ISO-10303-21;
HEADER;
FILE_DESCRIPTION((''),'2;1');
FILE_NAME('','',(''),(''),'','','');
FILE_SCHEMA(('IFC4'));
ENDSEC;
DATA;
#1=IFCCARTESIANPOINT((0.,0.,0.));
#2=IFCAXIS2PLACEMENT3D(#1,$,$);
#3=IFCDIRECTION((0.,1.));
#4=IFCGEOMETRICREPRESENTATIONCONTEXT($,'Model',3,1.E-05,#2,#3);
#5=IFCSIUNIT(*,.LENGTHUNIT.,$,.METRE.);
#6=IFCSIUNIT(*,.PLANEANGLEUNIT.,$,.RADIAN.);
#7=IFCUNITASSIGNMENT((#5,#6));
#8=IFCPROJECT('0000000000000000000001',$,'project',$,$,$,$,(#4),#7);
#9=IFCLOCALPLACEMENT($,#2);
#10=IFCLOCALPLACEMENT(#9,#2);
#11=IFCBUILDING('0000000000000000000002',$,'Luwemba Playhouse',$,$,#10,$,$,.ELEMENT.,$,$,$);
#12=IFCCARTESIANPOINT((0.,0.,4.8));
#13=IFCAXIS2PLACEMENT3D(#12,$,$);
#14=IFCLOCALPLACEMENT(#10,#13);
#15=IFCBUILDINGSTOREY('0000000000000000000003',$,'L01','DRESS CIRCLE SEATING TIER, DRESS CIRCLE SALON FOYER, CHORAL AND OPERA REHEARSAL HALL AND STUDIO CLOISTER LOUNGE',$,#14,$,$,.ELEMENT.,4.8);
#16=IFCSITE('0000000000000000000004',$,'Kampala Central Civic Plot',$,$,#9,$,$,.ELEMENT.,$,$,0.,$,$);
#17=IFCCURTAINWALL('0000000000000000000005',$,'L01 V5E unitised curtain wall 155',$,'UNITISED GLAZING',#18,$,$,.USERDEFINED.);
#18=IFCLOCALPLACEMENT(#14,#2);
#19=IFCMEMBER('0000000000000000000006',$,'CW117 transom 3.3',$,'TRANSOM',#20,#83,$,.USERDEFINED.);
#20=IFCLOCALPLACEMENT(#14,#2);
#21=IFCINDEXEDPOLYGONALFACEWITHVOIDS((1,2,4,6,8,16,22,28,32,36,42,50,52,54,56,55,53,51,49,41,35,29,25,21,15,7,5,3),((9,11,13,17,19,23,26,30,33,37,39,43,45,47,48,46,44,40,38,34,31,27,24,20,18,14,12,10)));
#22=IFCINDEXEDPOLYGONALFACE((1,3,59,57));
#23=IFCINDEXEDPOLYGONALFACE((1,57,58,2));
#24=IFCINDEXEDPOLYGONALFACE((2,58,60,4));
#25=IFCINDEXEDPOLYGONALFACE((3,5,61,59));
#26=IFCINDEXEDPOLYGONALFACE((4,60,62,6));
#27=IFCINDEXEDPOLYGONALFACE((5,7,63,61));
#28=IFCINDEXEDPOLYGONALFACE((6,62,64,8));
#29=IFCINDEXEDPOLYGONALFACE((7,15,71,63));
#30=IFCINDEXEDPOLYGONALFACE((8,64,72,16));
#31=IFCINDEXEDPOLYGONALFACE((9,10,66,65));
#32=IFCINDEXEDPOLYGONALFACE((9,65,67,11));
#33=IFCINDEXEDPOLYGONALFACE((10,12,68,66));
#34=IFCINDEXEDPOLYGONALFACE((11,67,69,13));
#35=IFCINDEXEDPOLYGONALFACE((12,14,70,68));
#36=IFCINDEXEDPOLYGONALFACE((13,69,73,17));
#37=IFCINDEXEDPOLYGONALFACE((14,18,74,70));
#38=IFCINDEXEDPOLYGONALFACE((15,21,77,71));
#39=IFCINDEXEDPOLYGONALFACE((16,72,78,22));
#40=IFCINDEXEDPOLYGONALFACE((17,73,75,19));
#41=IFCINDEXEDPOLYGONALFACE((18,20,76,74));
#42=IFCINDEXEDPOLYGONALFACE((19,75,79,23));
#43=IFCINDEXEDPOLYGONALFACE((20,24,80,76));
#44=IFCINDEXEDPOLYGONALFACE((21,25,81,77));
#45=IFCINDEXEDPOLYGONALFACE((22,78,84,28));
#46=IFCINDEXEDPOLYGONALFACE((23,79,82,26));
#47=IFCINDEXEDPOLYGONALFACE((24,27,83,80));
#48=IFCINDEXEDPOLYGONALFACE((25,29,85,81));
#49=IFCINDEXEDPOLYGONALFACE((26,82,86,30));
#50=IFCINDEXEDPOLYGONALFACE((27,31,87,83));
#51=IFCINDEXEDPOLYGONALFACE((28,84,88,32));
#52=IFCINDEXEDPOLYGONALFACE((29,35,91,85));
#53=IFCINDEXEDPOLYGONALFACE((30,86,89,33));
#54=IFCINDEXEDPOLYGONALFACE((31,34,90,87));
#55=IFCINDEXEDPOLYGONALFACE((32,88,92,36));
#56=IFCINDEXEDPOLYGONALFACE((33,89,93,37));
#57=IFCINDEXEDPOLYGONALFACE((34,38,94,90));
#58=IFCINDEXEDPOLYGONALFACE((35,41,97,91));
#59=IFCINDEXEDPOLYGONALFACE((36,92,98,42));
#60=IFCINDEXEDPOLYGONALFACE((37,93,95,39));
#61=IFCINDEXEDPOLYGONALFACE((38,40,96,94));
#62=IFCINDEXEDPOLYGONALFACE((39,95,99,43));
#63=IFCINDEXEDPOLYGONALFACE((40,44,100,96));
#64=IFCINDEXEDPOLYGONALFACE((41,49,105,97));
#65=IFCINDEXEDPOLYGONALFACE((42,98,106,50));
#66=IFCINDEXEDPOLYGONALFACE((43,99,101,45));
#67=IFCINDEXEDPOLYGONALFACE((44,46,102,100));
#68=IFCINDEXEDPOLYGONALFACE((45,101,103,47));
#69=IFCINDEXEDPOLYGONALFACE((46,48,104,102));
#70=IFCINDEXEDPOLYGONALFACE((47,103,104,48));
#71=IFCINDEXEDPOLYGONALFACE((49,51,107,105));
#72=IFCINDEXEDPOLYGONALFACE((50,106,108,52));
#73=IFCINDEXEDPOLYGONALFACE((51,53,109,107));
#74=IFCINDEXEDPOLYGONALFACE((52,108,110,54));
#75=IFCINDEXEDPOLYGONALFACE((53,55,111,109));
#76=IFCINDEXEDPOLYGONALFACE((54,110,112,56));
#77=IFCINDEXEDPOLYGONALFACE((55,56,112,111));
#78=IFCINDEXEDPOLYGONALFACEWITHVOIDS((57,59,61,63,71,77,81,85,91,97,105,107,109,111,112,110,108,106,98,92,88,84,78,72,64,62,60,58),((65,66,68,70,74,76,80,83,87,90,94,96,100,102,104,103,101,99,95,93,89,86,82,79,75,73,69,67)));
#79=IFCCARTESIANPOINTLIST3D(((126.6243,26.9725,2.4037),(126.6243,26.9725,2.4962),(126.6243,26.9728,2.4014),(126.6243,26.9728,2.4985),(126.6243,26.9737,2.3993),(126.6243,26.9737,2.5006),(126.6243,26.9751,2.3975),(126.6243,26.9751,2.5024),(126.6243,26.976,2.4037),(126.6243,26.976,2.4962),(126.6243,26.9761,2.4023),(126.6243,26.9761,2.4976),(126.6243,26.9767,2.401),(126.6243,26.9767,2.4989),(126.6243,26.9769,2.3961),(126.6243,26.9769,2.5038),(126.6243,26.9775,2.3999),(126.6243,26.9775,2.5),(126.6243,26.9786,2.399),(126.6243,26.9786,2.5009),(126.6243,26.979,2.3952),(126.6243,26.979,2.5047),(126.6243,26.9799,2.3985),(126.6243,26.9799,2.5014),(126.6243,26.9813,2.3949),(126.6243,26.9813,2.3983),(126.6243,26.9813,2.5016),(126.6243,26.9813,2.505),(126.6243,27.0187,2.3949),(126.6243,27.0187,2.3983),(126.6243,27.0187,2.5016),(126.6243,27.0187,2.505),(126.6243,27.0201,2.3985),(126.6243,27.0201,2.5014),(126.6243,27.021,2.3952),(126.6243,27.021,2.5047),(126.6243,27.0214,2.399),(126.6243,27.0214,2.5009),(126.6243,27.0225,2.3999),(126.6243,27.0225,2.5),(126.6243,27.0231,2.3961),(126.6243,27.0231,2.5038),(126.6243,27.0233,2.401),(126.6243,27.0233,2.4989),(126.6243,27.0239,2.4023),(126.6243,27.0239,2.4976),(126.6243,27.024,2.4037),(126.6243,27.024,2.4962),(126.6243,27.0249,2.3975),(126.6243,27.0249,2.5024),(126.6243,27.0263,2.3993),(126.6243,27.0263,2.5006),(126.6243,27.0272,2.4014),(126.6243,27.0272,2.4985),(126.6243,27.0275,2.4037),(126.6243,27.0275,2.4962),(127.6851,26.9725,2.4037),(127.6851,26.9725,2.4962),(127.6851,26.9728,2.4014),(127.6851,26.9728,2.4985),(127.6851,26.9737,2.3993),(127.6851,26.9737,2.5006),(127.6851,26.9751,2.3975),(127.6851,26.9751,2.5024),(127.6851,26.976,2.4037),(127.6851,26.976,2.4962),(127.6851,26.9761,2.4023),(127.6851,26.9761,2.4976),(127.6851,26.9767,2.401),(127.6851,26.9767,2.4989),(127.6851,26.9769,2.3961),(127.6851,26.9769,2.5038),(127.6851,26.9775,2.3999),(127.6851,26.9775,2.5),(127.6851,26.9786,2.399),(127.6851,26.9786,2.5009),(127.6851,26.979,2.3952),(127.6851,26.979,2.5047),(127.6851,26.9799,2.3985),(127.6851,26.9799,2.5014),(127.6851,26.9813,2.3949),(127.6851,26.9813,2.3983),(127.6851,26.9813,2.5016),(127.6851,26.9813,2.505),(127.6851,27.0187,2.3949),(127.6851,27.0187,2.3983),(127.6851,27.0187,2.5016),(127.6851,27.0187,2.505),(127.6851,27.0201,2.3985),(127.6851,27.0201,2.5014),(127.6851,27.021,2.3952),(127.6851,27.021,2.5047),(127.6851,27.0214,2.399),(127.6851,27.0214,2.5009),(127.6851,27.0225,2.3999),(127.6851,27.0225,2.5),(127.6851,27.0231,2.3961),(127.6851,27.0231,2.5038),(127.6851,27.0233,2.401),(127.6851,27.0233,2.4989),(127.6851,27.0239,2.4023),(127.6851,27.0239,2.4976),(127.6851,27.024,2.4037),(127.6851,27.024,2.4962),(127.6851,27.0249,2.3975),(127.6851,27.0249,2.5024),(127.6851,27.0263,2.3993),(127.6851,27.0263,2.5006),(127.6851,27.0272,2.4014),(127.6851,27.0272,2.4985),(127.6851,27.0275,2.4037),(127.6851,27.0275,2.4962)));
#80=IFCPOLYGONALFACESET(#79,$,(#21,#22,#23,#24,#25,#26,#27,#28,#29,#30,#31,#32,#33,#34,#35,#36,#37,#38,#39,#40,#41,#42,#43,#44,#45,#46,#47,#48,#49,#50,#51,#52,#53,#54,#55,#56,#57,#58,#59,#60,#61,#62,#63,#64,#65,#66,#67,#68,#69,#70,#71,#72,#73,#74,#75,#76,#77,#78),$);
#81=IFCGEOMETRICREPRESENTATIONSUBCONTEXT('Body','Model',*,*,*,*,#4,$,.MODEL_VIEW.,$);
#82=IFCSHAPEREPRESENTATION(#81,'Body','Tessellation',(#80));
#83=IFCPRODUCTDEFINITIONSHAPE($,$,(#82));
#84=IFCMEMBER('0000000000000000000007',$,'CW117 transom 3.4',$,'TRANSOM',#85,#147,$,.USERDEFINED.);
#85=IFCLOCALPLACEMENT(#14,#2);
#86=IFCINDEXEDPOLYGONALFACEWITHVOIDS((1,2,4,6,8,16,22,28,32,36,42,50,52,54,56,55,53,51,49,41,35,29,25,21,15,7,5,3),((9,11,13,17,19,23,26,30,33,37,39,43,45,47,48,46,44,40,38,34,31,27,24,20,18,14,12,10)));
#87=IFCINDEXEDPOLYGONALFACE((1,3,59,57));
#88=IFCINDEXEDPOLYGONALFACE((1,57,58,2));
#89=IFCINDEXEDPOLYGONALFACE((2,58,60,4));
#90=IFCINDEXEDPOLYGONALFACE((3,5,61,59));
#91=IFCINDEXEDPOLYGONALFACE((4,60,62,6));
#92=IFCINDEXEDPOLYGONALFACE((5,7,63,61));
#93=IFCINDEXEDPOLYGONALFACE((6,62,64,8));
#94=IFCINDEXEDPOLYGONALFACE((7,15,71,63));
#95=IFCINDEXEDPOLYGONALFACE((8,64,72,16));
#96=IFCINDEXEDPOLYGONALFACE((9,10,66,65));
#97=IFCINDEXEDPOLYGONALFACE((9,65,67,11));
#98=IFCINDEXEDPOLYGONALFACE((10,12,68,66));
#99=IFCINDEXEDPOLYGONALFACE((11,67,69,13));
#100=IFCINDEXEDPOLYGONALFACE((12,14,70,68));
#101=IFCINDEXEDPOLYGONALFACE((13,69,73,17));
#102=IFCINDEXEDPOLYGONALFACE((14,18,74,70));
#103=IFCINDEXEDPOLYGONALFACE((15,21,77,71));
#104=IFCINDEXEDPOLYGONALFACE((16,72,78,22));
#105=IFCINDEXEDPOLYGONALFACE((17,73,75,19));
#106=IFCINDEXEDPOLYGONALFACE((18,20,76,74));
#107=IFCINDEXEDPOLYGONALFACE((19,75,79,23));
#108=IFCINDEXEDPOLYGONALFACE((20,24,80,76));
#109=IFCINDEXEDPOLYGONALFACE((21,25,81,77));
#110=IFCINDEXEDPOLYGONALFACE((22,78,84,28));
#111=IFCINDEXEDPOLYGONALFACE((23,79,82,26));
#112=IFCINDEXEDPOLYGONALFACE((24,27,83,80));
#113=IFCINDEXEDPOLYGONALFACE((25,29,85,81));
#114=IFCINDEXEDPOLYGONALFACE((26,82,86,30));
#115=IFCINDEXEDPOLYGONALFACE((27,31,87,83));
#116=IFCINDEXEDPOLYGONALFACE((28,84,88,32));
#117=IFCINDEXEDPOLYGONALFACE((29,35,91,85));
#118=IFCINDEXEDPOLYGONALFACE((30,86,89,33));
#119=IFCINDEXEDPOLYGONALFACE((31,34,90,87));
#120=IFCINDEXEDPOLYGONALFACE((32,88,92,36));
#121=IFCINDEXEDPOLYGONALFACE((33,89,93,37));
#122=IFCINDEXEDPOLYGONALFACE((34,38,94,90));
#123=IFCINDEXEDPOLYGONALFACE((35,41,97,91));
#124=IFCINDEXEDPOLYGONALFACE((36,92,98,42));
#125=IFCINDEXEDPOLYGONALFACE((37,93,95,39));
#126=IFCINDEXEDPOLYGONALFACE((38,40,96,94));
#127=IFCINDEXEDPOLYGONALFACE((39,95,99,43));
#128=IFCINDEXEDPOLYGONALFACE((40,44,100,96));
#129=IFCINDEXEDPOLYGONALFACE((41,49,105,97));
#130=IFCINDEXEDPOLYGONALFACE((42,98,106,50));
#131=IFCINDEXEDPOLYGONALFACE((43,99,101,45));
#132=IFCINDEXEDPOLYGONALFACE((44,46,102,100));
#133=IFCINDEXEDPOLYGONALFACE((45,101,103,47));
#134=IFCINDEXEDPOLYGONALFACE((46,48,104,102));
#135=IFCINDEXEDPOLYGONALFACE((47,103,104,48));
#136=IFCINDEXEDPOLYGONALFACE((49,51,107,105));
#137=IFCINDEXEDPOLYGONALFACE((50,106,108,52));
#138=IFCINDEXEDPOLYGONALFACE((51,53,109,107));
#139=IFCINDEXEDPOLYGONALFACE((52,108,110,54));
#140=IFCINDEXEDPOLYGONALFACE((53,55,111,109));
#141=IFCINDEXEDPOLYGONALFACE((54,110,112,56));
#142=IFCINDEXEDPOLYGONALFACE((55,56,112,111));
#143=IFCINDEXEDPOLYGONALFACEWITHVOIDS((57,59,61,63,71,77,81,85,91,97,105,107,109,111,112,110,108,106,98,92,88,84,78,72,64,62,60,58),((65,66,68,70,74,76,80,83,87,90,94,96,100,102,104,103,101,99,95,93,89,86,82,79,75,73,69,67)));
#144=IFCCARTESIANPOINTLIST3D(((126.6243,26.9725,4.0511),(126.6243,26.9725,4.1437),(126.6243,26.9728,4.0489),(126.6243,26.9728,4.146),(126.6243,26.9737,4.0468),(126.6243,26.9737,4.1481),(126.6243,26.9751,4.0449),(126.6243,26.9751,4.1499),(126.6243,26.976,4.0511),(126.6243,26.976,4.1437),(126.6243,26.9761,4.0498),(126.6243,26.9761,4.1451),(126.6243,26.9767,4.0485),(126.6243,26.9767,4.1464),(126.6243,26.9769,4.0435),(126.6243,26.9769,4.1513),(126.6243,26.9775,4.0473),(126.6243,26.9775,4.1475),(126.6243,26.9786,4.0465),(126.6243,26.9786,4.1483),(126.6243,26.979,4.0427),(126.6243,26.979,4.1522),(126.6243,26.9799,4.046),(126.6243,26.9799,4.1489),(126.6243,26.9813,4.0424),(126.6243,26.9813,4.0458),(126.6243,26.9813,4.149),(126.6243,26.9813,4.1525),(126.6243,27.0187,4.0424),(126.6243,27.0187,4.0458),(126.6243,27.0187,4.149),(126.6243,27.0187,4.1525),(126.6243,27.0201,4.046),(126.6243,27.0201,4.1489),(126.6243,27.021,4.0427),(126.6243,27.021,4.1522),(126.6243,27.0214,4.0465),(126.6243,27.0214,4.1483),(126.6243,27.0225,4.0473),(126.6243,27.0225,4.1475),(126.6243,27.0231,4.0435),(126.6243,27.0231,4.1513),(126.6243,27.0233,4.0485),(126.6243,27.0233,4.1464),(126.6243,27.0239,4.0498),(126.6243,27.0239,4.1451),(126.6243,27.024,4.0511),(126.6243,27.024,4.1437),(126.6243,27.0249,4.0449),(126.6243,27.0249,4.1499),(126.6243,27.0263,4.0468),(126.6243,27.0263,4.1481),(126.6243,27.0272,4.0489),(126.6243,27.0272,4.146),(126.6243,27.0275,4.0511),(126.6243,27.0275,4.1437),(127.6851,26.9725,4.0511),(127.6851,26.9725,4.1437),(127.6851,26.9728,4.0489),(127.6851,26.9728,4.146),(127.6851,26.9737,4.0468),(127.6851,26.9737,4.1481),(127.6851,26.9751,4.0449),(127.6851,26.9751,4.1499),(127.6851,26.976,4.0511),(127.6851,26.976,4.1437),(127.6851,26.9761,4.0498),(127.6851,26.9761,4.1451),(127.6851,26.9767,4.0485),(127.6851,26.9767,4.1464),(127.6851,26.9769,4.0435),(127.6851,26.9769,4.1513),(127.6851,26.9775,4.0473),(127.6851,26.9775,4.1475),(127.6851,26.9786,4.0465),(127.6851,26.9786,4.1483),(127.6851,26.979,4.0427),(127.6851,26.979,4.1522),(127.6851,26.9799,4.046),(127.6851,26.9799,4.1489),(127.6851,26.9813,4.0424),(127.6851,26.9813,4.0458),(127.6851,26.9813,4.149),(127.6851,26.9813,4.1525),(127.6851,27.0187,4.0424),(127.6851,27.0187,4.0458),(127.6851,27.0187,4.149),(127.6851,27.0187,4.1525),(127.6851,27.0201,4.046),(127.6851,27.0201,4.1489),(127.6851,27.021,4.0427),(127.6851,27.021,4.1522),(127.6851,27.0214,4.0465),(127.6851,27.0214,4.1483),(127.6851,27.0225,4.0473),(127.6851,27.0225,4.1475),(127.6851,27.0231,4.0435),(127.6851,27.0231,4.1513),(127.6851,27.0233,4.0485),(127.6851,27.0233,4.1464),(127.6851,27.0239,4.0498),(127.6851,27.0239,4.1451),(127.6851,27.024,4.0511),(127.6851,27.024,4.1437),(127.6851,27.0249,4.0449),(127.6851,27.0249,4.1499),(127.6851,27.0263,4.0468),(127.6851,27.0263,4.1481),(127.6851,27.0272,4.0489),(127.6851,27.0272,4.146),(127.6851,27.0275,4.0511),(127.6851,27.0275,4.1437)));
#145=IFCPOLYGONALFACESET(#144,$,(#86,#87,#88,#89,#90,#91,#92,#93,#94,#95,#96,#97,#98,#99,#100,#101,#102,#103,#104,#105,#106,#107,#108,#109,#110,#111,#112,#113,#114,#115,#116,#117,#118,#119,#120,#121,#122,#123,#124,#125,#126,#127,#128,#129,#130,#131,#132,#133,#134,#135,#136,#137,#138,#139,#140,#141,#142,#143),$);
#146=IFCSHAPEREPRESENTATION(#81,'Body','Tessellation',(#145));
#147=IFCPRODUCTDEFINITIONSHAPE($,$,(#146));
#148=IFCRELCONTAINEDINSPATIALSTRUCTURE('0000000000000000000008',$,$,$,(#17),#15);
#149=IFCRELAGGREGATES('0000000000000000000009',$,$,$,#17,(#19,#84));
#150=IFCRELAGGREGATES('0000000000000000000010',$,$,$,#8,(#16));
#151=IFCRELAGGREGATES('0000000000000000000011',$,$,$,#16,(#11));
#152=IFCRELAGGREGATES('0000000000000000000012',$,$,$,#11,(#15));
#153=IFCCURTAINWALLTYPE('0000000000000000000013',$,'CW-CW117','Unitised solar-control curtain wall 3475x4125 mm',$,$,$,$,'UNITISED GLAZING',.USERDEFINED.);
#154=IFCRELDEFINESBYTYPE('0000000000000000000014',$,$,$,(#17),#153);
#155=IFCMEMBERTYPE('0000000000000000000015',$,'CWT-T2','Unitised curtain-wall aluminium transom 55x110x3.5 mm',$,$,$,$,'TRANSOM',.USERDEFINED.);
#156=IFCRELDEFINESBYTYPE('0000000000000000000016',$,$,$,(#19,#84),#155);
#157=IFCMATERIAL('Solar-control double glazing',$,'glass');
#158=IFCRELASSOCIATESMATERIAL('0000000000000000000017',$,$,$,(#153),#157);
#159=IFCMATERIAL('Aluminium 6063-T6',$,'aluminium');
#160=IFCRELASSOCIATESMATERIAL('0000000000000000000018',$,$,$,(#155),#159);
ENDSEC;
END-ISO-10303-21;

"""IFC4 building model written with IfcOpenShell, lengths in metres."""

from ifc_helpers import new_model, si_unit, direction, frame, origin, origin_2d, place, context, subcontext, project, spatial, hollow_rectangle, extrude, material, material_profile, profile_set, type_object, element, aggregate, save


model = new_model("IFC4")

# Units and contexts
model_context = context("Model", 3, precision=1e-05, world=origin(), true_north=direction((0.0, 1.0)))
body_context = subcontext(model_context, "Body", "Model", "MODEL_VIEW")
ifc_project = project(units=[si_unit("LENGTHUNIT", "METRE"), si_unit("PLANEANGLEUNIT", "RADIAN")], contexts=[model_context])

# Site, building, storey
site_placement = place(None, origin())
site = spatial("IfcSite", under=ifc_project, at=site_placement, Name="Kampala Central Civic Plot", CompositionType="ELEMENT", RefElevation=0.0)
building_placement = place(site_placement, origin())
building = spatial("IfcBuilding", under=site, at=building_placement, Name="Luwemba Playhouse", CompositionType="ELEMENT")
storey_placement = place(building_placement, frame((0.0, 0.0, 4.8)))
storey = spatial("IfcBuildingStorey", under=building, at=storey_placement, Name="L01", Description="DRESS CIRCLE SEATING TIER, DRESS CIRCLE SALON FOYER, CHORAL AND OPERA REHEARSAL HALL AND STUDIO CLOISTER LOUNGE", CompositionType="ELEMENT", Elevation=4.8)

# Curtain wall
ifc_material_1 = material(Name="Solar-control double glazing", Category="glass")
curtain_wall_type_1 = type_object("IfcCurtainWallType", Name="CW-CW117", Description="Unitised solar-control curtain wall 3475x4125 mm", ElementType="UNITISED GLAZING", PredefinedType="USERDEFINED", material=ifc_material_1)
curtain_wall_1_placement = place(storey_placement, origin())
curtain_wall_1 = element("IfcCurtainWall", 1, at=curtain_wall_1_placement, inside=storey, type_object=curtain_wall_type_1, Name="L01 V5E unitised curtain wall 155", ObjectType="UNITISED GLAZING", PredefinedType="USERDEFINED")
ifc_material_2 = material(Name="Aluminium 6063-T6", Category="aluminium")

# Members
ifc_material_profile_1 = material_profile(ifc_material_2, hollow_rectangle(XDim=0.0549, YDim=0.1101, WallThickness=0.0034, InnerFilletRadius=0.0054, OuterFilletRadius=0.0088, at=origin_2d()))
ifc_profile_set_1 = profile_set([ifc_material_profile_1], Name="Aluminium 6063-T6")
member_type_1 = type_object("IfcMemberType", Name="CWT-T2", Description="Unitised curtain-wall aluminium transom 55x110x3.5 mm", ElementType="TRANSOM", PredefinedType="USERDEFINED", material=ifc_profile_set_1)
member_1_placement = place(storey_placement, frame((126.6243, 27.0, 2.45), z_axis=(1.0, 0.0, 0.0), x_axis=(0.0, 1.0, 0.0)))
member_1 = element("IfcMember", 2, at=member_1_placement, type_object=member_type_1, Name="CW117 transom 3.3", ObjectType="TRANSOM", PredefinedType="USERDEFINED", context=body_context, shape_type="SweptSolid", body=[
    extrude(hollow_rectangle(XDim=0.0549, YDim=0.1101, WallThickness=0.0034, InnerFilletRadius=0.0054, OuterFilletRadius=0.0088, at=origin_2d()), origin(), (0.0, 0.0, 1.0), 1.0608),
])
member_2_placement = place(storey_placement, frame((126.6243, 27.0, 4.0974), z_axis=(1.0, 0.0, 0.0), x_axis=(0.0, 1.0, 0.0)))
member_2 = element("IfcMember", 3, at=member_2_placement, type_object=member_type_1, Name="CW117 transom 3.4", ObjectType="TRANSOM", PredefinedType="USERDEFINED", context=body_context, shape_type="SweptSolid", body=[
    extrude(hollow_rectangle(XDim=0.0549, YDim=0.1101, WallThickness=0.0034, InnerFilletRadius=0.0054, OuterFilletRadius=0.0088, at=origin_2d()), origin(), (0.0, 0.0, 1.0), 1.0608),
])

aggregate(curtain_wall_1, [member_1, member_2])

save(model, "model.ifc")
